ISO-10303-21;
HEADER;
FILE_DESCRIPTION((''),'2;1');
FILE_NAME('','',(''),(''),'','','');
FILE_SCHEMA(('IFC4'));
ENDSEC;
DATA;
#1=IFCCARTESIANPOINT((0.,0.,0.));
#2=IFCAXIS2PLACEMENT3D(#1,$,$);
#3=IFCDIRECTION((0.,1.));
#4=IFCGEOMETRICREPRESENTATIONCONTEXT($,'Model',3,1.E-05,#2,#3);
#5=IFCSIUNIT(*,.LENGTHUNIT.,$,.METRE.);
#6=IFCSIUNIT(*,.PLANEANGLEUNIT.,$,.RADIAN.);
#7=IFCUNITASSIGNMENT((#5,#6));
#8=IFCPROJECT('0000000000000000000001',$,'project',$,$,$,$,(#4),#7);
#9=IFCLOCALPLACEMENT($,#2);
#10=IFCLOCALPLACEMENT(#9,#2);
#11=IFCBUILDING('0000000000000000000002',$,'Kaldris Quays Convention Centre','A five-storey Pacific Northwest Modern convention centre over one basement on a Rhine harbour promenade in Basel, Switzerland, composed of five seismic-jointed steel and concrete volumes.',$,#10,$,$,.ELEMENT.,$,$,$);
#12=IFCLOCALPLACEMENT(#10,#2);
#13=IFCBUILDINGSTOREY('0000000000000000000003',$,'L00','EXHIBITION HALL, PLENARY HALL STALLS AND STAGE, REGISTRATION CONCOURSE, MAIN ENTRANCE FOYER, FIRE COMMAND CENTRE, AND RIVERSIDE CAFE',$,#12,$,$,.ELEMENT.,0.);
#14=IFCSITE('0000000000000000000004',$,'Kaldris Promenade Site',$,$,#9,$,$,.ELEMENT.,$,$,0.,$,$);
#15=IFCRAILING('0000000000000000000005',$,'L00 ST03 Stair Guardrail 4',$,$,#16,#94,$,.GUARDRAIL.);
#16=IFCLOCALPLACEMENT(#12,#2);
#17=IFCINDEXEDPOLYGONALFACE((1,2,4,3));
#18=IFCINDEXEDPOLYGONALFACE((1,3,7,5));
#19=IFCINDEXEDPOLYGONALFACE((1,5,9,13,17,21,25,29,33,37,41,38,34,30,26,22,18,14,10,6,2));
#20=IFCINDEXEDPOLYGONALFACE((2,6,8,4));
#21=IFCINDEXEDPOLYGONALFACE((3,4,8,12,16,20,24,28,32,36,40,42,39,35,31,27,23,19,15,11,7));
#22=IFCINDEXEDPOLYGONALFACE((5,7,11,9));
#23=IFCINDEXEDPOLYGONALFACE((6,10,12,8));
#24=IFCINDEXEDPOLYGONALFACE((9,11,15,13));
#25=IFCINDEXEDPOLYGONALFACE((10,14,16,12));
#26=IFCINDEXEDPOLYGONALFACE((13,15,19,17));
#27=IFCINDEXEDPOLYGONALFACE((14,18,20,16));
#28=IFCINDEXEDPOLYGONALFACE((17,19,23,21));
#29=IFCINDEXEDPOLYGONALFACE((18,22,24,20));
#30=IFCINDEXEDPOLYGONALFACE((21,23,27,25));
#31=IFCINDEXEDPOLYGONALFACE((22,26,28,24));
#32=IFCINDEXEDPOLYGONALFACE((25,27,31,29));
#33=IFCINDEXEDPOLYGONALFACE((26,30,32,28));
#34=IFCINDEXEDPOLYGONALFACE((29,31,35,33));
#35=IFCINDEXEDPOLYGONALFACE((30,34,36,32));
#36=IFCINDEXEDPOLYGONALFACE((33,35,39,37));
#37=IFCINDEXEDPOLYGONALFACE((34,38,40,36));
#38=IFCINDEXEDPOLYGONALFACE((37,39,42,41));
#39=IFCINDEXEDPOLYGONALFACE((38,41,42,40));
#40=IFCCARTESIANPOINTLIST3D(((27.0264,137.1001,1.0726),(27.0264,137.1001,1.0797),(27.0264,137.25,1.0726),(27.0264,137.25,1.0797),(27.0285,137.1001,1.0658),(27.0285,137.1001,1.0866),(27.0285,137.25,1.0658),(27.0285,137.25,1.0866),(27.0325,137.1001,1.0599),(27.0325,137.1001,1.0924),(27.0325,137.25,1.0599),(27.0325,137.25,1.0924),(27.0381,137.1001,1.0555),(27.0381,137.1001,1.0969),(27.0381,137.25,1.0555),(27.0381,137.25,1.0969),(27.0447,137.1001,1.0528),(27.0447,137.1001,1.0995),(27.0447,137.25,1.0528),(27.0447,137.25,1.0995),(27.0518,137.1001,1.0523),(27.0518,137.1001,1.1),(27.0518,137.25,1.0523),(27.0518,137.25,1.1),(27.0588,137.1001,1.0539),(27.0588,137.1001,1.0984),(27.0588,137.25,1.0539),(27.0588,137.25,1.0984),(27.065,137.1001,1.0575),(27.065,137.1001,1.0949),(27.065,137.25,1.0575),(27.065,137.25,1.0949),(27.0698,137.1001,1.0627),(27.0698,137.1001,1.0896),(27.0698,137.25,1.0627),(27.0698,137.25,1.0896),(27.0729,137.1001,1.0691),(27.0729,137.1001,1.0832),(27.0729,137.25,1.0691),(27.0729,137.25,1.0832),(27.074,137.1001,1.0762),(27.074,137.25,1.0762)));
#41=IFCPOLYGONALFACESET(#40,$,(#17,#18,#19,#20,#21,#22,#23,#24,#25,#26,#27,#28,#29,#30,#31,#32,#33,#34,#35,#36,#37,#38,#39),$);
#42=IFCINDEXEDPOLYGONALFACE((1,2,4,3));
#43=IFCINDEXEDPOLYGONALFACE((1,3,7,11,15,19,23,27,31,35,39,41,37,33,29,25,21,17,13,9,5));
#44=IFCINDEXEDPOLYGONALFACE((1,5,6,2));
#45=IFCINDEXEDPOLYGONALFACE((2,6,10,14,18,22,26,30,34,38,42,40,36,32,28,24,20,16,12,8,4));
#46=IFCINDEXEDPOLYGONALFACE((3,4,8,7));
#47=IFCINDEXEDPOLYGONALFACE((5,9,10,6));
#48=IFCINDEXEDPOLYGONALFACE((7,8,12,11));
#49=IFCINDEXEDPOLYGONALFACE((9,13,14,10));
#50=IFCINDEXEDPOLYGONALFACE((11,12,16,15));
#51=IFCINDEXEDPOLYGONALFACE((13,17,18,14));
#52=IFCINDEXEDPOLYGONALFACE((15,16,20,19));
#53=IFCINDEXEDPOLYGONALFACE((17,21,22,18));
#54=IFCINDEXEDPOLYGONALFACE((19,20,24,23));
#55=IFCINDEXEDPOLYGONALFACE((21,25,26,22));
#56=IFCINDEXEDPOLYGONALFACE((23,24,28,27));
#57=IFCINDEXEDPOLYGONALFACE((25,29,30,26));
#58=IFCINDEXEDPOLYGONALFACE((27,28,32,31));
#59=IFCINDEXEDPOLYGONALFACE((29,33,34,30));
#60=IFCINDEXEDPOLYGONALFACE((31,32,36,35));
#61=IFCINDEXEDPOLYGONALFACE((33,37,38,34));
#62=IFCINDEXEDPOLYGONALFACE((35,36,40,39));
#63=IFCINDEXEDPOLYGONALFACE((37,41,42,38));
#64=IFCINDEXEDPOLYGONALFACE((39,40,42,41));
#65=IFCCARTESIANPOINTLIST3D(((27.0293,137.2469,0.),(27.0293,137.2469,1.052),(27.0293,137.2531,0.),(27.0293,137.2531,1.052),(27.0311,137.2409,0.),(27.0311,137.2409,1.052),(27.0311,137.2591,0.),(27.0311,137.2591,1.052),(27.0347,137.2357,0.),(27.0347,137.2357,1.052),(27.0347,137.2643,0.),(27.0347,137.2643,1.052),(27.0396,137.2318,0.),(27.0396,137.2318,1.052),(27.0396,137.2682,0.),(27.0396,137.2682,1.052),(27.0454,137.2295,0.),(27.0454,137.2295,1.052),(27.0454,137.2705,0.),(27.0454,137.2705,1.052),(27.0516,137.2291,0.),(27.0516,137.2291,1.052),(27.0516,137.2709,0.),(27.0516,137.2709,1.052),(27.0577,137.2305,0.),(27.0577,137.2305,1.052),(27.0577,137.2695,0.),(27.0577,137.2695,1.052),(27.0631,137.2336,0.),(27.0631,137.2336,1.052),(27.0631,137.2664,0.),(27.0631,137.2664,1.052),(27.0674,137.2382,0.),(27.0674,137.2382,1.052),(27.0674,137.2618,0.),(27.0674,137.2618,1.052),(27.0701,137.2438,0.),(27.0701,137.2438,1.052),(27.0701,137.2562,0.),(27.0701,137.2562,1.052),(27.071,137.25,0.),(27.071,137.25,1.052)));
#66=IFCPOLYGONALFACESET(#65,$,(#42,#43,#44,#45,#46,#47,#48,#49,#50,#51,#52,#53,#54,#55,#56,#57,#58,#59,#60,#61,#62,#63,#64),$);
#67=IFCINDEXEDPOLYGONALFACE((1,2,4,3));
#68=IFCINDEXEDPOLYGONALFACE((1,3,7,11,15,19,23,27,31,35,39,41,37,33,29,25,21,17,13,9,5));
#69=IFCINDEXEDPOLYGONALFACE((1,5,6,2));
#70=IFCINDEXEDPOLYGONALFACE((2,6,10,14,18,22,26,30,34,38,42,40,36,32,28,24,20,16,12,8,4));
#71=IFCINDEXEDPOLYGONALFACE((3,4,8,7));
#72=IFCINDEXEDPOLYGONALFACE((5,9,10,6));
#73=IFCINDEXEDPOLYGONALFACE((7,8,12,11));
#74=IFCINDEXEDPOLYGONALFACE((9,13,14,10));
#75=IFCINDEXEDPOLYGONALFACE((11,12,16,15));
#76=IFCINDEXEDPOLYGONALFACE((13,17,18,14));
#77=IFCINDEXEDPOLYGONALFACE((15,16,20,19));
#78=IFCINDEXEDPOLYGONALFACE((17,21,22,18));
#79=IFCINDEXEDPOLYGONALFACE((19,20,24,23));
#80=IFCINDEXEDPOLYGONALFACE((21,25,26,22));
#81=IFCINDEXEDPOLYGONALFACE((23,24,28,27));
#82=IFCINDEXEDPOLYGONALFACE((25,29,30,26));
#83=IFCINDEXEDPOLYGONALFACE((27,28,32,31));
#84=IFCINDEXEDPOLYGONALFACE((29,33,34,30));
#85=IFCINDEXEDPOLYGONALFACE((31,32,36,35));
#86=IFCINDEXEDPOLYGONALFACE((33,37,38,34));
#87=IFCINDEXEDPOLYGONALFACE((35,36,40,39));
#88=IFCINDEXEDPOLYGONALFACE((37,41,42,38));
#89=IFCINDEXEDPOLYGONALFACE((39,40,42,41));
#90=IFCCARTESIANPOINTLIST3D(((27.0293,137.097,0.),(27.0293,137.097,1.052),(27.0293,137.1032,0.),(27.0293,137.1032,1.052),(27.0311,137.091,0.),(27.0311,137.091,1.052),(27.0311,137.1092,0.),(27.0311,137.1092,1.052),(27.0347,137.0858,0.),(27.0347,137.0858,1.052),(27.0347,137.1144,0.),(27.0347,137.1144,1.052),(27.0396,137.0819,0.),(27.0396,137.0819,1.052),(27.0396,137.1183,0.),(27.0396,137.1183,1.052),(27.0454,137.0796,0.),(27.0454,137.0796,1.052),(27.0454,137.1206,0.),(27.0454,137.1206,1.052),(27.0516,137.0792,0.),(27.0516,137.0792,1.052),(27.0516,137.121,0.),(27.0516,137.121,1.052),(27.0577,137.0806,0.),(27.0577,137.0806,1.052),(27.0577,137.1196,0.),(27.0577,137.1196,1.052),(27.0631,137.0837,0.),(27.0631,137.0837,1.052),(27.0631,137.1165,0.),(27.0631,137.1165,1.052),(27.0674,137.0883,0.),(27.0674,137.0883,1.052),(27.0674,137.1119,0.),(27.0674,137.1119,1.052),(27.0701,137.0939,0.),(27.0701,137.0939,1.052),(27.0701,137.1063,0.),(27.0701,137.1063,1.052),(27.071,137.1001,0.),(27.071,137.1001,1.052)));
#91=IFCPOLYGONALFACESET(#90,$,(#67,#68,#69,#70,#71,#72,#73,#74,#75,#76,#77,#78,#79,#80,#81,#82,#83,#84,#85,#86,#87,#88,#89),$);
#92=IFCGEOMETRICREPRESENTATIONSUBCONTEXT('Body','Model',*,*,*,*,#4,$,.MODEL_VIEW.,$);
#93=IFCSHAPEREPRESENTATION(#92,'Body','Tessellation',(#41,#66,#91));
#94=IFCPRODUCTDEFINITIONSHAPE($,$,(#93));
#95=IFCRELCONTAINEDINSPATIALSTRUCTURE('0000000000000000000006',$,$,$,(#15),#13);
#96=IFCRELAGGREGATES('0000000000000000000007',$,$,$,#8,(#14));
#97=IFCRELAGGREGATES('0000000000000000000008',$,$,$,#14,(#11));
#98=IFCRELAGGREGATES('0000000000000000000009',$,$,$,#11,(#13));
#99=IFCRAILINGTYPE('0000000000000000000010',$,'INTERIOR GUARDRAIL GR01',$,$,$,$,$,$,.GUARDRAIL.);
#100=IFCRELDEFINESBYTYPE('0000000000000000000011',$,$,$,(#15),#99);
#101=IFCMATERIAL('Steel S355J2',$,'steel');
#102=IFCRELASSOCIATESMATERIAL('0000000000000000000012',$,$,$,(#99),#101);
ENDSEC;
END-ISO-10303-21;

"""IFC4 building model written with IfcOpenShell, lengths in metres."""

from ifc_helpers import new_model, si_unit, direction, frame, origin, origin_2d, place, context, subcontext, project, spatial, circle, extrude, material, type_object, element, save


model = new_model("IFC4")

# Units and contexts
model_context = context("Model", 3, precision=1e-05, world=origin(), true_north=direction((0.0, 1.0)))
body_context = subcontext(model_context, "Body", "Model", "MODEL_VIEW")
ifc_project = project(units=[si_unit("LENGTHUNIT", "METRE"), si_unit("PLANEANGLEUNIT", "RADIAN")], contexts=[model_context])

# Site, building, storey
site_placement = place(None, origin())
site = spatial("IfcSite", under=ifc_project, at=site_placement, Name="Kaldris Promenade Site", CompositionType="ELEMENT", RefElevation=0.0)
building_placement = place(site_placement, origin())
building = spatial("IfcBuilding", under=site, at=building_placement, Name="Kaldris Quays Convention Centre", Description="A five-storey Pacific Northwest Modern convention centre over one basement on a Rhine harbour promenade in Basel, Switzerland, composed of five seismic-jointed steel and concrete volumes.", CompositionType="ELEMENT")
storey_placement = place(building_placement, origin())
storey = spatial("IfcBuildingStorey", under=building, at=storey_placement, Name="L00", Description="EXHIBITION HALL, PLENARY HALL STALLS AND STAGE, REGISTRATION CONCOURSE, MAIN ENTRANCE FOYER, FIRE COMMAND CENTRE, AND RIVERSIDE CAFE", CompositionType="ELEMENT", Elevation=0.0)

# Shared definitions
ifc_material_1 = material(Name="Steel S355J2", Category="steel")

# Railing
railing_type_1 = type_object("IfcRailingType", Name="INTERIOR GUARDRAIL GR01", PredefinedType="GUARDRAIL", material=ifc_material_1)
railing_1_placement = place(storey_placement, frame((27.05, 137.25, 0.0)))
element("IfcRailing", 1, at=railing_1_placement, inside=storey, type_object=railing_type_1, Name="L00 ST03 Stair Guardrail 4", PredefinedType="GUARDRAIL", context=body_context, shape_type="SweptSolid", body=[
    extrude(circle(Radius=0.0239, at=origin_2d()), frame((0.0, 0.0, 1.0762), z_axis=(0.0, -1.0, 0.0), x_axis=(1.0, 0.0, 0.0)), (0.0, 0.0, 1.0), 0.1499),
    extrude(circle(Radius=0.021, at=origin_2d()), origin(), (0.0, 0.0, 1.0), 1.052),
    extrude(circle(Radius=0.021, at=origin_2d()), frame((0.0, -0.1499, 0.0)), (0.0, 0.0, 1.0), 1.052),
])

save(model, "model.ifc")
